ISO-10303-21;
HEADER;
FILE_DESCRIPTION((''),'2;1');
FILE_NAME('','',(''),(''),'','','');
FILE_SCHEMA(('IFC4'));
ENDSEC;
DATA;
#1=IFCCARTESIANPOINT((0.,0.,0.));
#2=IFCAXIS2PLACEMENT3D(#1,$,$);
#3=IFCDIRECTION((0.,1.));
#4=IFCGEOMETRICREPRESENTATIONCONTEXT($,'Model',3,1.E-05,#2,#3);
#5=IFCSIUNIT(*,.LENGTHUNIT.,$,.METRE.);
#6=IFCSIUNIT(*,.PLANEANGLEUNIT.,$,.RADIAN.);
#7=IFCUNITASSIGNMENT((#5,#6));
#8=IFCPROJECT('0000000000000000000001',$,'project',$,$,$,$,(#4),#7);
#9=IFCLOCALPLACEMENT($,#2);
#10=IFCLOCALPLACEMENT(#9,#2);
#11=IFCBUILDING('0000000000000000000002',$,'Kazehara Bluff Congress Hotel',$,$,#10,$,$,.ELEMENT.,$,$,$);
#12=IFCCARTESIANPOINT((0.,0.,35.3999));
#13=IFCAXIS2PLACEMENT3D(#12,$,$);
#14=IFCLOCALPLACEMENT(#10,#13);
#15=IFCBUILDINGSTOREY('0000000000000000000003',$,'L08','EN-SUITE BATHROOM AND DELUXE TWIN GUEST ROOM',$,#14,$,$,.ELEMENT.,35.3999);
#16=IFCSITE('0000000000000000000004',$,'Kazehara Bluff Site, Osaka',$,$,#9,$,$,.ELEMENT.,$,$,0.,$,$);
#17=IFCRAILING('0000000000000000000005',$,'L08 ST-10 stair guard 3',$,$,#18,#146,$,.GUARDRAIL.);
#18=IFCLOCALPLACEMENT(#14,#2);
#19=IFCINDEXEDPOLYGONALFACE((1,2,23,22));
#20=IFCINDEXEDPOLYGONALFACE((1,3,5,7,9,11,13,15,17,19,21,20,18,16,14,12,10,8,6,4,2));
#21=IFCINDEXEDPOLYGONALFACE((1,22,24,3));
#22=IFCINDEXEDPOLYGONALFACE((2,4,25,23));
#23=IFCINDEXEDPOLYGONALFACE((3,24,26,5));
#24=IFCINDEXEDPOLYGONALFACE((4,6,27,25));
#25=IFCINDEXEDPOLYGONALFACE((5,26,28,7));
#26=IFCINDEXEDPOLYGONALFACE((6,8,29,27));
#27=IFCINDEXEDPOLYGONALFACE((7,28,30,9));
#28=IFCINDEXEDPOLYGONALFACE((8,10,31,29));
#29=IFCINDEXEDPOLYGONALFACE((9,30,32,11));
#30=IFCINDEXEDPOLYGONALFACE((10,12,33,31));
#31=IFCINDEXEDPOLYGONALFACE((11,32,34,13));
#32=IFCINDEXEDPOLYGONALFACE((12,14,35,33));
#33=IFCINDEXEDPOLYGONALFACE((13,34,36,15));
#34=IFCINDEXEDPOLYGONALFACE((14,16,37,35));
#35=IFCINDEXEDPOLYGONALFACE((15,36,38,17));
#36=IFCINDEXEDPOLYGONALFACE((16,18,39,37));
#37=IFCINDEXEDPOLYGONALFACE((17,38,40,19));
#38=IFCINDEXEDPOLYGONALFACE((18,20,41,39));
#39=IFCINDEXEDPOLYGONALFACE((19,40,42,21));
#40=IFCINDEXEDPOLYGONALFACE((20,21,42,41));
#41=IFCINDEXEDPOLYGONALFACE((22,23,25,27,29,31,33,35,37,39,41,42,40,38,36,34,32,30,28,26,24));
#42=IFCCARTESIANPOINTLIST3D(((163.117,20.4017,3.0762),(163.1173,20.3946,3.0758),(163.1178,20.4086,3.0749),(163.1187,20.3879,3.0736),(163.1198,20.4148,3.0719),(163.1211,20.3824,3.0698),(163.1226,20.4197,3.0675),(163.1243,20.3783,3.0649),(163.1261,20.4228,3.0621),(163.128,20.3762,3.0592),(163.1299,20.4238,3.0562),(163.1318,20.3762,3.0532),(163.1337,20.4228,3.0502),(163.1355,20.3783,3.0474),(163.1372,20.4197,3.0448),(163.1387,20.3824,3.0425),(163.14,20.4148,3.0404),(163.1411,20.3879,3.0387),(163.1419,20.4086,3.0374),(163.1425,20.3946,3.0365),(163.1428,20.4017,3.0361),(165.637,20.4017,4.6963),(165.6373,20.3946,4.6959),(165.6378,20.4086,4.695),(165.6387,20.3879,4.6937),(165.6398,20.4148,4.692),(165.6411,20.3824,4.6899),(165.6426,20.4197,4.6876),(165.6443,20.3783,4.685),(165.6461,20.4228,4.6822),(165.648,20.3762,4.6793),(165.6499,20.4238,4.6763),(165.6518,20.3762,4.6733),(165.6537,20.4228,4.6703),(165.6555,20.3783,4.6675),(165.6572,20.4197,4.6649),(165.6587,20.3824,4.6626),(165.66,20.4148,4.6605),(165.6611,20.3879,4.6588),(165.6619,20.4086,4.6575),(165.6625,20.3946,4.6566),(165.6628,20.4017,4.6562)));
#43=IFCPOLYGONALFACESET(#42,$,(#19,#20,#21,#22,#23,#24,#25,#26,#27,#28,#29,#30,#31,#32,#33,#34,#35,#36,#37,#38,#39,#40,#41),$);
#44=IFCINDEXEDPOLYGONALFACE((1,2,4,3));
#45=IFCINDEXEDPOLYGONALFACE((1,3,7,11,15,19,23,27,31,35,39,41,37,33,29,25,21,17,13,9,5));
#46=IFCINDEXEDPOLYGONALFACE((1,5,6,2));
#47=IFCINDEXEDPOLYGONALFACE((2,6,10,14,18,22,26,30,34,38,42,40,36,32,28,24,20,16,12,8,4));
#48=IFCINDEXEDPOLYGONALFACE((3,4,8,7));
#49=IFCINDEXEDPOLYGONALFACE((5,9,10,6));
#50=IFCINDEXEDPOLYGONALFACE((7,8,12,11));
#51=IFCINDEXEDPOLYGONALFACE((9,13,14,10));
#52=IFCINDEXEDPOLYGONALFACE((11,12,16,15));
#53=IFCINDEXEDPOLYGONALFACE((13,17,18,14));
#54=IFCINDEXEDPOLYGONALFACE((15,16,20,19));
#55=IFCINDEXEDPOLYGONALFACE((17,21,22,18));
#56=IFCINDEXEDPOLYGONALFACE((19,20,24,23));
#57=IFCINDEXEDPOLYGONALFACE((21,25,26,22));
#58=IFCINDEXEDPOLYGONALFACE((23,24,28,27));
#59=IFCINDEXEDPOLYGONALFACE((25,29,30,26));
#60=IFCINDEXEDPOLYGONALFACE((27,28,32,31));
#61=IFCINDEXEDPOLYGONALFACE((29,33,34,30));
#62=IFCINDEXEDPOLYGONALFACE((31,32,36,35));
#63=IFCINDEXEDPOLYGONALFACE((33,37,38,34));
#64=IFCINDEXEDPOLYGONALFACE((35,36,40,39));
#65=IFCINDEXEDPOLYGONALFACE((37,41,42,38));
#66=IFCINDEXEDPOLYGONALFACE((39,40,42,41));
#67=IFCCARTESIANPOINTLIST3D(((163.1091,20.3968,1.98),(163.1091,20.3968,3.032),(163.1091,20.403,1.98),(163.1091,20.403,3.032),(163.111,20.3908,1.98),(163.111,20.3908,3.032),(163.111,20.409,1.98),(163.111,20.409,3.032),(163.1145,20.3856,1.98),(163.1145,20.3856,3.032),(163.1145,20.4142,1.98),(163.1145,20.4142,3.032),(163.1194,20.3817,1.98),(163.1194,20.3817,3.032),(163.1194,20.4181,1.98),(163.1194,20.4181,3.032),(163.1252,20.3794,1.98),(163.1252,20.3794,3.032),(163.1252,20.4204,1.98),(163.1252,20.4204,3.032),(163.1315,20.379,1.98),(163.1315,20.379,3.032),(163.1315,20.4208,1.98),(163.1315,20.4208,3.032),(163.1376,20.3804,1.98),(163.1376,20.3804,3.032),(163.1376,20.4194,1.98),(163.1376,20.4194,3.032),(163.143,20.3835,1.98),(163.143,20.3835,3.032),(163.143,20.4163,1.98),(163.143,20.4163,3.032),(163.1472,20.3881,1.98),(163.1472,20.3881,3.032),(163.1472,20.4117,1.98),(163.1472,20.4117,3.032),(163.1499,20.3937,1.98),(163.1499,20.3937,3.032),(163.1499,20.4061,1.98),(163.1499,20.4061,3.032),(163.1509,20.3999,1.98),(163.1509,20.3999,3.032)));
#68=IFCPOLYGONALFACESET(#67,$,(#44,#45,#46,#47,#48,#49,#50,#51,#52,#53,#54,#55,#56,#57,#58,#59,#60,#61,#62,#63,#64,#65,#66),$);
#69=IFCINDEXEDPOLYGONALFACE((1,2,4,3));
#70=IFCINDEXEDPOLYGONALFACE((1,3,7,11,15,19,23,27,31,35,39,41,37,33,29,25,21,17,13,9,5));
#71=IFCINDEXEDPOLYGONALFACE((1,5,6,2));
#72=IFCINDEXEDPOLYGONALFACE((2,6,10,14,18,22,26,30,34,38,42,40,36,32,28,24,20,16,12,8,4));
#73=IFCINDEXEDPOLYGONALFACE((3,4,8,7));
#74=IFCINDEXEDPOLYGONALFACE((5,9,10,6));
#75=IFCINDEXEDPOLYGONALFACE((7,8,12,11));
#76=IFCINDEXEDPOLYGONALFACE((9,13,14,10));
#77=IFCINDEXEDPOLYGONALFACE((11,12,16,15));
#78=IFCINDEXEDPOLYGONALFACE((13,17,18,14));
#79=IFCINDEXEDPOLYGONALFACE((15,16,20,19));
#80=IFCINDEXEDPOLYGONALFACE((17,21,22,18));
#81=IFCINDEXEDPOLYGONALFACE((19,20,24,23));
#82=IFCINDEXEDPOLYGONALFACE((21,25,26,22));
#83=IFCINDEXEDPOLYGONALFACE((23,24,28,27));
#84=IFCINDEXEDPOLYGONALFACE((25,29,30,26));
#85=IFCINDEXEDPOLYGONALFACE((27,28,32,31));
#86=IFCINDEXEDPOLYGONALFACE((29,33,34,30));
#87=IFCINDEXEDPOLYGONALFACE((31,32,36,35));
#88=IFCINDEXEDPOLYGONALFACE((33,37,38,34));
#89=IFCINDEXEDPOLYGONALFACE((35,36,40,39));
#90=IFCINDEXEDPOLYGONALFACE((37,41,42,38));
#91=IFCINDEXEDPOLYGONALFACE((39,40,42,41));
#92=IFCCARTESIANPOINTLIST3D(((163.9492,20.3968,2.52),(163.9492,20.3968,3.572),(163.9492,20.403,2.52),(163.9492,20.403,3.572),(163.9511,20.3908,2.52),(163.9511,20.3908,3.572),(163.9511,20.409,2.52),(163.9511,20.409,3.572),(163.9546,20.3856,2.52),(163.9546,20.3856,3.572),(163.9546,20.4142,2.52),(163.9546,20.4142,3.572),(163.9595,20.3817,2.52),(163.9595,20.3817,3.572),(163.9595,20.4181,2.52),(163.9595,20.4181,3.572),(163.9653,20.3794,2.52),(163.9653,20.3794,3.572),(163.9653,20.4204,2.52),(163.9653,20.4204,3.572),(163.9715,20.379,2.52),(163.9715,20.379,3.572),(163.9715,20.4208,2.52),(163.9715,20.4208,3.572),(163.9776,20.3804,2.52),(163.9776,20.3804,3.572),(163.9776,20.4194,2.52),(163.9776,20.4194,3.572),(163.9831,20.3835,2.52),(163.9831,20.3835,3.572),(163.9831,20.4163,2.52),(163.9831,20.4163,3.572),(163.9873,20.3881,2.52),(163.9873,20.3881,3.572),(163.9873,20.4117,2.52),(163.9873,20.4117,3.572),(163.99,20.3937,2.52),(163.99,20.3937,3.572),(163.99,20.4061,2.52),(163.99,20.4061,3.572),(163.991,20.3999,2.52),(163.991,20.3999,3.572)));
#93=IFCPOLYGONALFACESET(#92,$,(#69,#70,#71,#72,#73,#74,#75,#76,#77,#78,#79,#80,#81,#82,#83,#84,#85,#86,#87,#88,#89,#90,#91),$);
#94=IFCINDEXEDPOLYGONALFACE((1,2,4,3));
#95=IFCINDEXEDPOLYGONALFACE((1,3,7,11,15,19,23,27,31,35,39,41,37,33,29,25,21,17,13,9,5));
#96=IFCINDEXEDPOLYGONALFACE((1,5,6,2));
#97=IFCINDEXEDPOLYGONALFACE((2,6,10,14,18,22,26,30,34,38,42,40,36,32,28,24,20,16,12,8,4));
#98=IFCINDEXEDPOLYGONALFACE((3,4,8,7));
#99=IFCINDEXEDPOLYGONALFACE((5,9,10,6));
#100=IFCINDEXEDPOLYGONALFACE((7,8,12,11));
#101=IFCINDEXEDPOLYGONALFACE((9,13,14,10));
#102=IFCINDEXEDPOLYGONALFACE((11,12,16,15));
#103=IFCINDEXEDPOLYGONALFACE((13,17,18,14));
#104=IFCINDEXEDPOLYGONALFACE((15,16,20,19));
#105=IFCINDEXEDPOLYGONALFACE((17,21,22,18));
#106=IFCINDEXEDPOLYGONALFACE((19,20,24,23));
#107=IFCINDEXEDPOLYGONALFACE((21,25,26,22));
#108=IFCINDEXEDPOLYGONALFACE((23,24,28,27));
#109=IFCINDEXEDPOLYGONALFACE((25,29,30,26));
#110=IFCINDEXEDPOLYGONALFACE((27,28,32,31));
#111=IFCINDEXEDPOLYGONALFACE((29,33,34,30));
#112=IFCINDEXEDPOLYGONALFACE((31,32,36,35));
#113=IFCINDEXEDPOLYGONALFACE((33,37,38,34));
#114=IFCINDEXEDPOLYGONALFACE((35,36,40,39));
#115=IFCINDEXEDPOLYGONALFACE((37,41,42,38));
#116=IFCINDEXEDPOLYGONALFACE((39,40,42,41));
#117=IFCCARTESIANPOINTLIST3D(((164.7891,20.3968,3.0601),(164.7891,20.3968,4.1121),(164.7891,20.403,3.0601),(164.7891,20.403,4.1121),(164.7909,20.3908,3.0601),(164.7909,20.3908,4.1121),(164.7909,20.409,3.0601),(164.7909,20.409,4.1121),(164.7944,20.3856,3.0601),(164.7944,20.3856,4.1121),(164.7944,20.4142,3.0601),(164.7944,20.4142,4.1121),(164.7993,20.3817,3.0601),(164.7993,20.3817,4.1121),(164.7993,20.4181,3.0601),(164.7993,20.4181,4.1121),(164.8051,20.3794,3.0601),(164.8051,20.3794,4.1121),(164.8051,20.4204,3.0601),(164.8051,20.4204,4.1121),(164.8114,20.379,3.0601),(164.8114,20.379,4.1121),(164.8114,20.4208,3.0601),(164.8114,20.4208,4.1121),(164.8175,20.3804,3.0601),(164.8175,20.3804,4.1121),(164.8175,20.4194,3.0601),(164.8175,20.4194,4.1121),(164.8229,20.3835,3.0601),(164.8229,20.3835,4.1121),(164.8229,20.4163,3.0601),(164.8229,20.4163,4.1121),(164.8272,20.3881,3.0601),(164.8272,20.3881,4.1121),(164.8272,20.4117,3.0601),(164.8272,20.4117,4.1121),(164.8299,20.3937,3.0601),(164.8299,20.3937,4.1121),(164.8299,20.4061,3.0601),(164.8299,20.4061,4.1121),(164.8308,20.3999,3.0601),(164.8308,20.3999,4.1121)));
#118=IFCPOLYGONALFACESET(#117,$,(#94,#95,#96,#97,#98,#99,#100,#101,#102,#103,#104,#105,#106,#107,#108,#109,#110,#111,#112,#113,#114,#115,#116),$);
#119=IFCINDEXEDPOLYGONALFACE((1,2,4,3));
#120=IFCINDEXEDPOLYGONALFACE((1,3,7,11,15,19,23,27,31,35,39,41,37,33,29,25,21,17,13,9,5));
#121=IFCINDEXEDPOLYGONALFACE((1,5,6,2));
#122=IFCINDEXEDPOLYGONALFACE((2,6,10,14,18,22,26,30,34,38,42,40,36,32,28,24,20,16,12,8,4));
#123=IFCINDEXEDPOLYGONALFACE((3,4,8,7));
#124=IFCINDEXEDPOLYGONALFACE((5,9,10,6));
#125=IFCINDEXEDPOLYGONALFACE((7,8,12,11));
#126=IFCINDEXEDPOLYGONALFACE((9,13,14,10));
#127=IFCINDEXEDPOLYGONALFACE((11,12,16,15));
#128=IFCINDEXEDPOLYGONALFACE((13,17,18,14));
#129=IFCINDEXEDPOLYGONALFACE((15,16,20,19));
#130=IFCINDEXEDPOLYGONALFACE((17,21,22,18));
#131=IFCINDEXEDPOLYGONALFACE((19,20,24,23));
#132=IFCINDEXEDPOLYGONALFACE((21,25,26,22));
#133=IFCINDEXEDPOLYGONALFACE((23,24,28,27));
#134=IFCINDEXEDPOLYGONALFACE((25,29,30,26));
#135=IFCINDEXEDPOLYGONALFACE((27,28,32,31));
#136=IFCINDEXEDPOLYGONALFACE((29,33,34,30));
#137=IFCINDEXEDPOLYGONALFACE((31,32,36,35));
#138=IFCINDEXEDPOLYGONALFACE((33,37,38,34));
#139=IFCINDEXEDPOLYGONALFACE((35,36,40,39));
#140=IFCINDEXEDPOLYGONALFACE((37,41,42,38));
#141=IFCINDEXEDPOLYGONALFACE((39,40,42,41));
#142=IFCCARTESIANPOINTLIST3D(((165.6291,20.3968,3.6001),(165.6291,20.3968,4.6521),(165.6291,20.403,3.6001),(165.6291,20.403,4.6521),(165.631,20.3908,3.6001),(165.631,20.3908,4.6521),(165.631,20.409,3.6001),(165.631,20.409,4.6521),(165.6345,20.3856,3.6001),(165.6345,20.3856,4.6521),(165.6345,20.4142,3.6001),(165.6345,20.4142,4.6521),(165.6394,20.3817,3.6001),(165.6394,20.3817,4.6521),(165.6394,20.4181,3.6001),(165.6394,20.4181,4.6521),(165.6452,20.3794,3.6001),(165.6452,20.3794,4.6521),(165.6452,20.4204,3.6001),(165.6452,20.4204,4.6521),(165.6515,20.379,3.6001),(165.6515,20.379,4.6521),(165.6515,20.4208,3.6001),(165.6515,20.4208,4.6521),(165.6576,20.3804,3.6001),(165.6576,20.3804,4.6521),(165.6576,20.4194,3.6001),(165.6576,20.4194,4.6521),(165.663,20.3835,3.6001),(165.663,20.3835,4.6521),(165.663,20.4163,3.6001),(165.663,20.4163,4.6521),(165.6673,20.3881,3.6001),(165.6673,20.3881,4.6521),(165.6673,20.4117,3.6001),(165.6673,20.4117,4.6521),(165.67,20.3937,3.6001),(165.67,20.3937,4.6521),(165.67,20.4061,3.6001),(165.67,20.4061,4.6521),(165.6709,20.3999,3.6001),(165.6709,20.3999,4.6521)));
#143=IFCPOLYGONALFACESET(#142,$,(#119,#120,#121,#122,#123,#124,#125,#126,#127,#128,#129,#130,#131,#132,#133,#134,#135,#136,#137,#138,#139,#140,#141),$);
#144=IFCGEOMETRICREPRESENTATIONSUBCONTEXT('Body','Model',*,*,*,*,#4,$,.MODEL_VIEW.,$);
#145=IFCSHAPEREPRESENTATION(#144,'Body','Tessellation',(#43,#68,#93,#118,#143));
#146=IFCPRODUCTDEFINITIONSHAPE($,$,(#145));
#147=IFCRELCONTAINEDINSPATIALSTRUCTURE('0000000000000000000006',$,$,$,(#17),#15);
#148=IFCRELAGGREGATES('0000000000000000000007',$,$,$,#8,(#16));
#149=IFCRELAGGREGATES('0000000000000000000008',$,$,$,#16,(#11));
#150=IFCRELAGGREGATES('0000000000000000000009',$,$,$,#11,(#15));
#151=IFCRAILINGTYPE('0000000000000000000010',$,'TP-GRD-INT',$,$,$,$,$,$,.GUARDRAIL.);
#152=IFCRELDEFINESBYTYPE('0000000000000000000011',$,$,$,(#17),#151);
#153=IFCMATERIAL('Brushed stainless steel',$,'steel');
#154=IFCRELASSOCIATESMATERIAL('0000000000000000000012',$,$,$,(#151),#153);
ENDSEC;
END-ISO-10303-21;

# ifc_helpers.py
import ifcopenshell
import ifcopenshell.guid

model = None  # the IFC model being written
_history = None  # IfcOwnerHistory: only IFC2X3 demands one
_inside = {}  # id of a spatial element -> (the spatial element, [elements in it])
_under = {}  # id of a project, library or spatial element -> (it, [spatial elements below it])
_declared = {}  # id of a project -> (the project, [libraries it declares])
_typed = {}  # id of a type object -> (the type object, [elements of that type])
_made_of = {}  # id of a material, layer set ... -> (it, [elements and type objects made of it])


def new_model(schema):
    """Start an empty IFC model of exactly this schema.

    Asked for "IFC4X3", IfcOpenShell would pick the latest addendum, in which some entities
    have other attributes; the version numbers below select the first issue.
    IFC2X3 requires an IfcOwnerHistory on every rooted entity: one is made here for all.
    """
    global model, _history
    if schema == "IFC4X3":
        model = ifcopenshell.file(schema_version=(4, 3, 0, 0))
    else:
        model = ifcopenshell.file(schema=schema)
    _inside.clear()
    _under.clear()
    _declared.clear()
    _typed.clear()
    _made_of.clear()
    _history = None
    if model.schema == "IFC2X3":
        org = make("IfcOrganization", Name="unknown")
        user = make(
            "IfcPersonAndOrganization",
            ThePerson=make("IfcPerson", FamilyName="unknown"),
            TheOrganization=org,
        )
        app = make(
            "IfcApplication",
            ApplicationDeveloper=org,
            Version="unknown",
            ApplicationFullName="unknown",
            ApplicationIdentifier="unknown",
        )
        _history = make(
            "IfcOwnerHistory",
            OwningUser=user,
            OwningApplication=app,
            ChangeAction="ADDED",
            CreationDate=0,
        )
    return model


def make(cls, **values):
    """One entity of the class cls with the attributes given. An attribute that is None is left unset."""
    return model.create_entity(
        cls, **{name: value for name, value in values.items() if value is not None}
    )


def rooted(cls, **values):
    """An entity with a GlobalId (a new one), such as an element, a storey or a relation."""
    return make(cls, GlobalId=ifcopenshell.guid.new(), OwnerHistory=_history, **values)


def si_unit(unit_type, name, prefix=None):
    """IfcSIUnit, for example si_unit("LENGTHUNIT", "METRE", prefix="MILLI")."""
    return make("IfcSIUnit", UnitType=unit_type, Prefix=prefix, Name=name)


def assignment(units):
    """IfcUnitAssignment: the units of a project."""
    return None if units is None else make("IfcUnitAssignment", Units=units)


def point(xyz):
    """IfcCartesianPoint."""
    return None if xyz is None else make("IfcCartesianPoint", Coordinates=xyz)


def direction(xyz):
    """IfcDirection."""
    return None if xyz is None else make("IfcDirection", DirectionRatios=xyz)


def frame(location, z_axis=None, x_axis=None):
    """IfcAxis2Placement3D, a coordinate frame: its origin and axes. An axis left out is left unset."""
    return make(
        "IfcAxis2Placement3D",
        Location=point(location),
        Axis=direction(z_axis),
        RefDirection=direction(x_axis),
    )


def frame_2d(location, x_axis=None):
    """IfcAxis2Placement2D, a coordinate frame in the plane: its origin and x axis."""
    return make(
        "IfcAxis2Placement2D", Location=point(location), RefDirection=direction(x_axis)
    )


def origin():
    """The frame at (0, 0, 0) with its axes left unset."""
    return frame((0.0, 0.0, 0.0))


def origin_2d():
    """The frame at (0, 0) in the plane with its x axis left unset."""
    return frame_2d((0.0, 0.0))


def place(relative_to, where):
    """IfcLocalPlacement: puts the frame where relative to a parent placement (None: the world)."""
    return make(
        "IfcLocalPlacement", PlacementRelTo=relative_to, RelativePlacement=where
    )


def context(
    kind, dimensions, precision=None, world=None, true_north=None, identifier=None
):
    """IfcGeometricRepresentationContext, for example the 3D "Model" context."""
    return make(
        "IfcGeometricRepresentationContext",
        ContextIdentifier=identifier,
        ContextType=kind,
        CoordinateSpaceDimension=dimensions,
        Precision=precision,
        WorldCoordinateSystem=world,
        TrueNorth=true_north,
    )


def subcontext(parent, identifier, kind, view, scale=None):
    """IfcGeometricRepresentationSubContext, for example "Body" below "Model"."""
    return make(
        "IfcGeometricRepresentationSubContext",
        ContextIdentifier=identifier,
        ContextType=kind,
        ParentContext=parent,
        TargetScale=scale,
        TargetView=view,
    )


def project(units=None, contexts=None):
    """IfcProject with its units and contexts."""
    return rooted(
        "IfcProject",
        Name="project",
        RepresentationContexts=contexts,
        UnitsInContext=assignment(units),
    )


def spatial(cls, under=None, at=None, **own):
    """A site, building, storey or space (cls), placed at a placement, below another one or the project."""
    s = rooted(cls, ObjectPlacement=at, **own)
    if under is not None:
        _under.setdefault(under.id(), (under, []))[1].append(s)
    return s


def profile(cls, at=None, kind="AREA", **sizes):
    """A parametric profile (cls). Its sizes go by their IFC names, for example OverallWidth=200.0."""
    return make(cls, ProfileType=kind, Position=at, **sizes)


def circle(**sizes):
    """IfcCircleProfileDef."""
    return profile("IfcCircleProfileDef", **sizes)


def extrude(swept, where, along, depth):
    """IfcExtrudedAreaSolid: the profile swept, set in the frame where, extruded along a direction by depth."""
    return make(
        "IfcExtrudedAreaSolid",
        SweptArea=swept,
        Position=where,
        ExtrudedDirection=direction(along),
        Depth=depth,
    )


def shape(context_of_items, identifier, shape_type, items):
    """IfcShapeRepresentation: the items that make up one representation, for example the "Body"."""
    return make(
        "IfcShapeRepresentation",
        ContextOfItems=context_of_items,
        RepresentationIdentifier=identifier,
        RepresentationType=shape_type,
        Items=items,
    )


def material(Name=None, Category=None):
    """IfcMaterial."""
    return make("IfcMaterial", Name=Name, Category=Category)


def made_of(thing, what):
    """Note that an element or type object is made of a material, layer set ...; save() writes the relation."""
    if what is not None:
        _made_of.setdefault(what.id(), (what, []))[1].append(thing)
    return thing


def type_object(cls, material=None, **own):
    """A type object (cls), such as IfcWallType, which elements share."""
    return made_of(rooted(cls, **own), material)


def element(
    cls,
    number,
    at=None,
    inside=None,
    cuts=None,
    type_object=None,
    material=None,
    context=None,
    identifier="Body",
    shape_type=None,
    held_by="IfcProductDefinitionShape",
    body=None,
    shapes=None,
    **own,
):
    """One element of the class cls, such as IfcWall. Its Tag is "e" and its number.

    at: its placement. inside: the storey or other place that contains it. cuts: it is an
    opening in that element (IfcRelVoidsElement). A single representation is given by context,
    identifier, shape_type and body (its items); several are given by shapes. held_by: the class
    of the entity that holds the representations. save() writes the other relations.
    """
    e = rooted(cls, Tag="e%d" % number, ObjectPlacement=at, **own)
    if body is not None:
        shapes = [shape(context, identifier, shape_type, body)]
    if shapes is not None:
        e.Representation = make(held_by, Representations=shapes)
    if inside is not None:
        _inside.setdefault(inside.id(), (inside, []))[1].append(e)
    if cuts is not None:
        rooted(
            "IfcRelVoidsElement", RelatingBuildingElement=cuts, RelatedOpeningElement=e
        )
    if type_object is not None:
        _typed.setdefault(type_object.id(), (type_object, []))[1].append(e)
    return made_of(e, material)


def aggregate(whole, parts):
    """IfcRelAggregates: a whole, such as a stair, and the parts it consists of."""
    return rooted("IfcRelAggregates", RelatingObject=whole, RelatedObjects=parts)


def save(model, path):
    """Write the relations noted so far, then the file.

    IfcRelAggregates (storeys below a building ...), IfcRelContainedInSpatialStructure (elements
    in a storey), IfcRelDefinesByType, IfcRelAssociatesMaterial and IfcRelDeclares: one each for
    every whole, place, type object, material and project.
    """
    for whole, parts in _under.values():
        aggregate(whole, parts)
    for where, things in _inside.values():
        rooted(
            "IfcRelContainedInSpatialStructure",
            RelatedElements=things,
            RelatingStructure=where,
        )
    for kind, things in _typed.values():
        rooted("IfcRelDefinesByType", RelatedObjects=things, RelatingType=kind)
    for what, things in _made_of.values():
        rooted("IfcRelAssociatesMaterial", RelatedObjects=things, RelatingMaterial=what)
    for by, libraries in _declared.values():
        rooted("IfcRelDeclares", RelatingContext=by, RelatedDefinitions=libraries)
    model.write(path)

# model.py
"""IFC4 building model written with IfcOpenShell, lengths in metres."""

from ifc_helpers import new_model, si_unit, direction, frame, origin, origin_2d, place, context, subcontext, project, spatial, circle, extrude, material, type_object, element, save


model = new_model("IFC4")

# Units and contexts
model_context = context("Model", 3, precision=1e-05, world=origin(), true_north=direction((0.0, 1.0)))
body_context = subcontext(model_context, "Body", "Model", "MODEL_VIEW")
ifc_project = project(units=[si_unit("LENGTHUNIT", "METRE"), si_unit("PLANEANGLEUNIT", "RADIAN")], contexts=[model_context])

# Site, building, storey
site_placement = place(None, origin())
site = spatial("IfcSite", under=ifc_project, at=site_placement, Name="Kazehara Bluff Site, Osaka", CompositionType="ELEMENT", RefElevation=0.0)
building_placement = place(site_placement, origin())
building = spatial("IfcBuilding", under=site, at=building_placement, Name="Kazehara Bluff Congress Hotel", CompositionType="ELEMENT")
storey_placement = place(building_placement, frame((0.0, 0.0, 35.3999)))
storey = spatial("IfcBuildingStorey", under=building, at=storey_placement, Name="L08", Description="EN-SUITE BATHROOM AND DELUXE TWIN GUEST ROOM", CompositionType="ELEMENT", Elevation=35.3999)

# Railing
ifc_material_1 = material(Name="Brushed stainless steel", Category="steel")
railing_type_1 = type_object("IfcRailingType", Name="TP-GRD-INT", PredefinedType="GUARDRAIL", material=ifc_material_1)
railing_1_placement = place(storey_placement, frame((163.1299, 20.3999, 1.98)))
element("IfcRailing", 1, at=railing_1_placement, inside=storey, type_object=railing_type_1, Name="L08 ST-10 stair guard 3", PredefinedType="GUARDRAIL", context=body_context, shape_type="SweptSolid", body=[
    extrude(circle(Radius=0.0239, at=origin_2d()), frame((0.0, 0.0, 1.0762), z_axis=(0.841163, 0.0, 0.540782), x_axis=(0.0, 1.0, 0.0)), (0.0, 0.0, 1.0), 2.9958),
    extrude(circle(Radius=0.021, at=origin_2d()), origin(), (0.0, 0.0, 1.0), 1.052),
    extrude(circle(Radius=0.021, at=origin_2d()), frame((0.8401, 0.0, 0.54)), (0.0, 0.0, 1.0), 1.052),
    extrude(circle(Radius=0.021, at=origin_2d()), frame((1.6799, 0.0, 1.0801)), (0.0, 0.0, 1.0), 1.052),
    extrude(circle(Radius=0.021, at=origin_2d()), frame((2.52, 0.0, 1.6201)), (0.0, 0.0, 1.0), 1.052),
])

save(model, "model.ifc")
